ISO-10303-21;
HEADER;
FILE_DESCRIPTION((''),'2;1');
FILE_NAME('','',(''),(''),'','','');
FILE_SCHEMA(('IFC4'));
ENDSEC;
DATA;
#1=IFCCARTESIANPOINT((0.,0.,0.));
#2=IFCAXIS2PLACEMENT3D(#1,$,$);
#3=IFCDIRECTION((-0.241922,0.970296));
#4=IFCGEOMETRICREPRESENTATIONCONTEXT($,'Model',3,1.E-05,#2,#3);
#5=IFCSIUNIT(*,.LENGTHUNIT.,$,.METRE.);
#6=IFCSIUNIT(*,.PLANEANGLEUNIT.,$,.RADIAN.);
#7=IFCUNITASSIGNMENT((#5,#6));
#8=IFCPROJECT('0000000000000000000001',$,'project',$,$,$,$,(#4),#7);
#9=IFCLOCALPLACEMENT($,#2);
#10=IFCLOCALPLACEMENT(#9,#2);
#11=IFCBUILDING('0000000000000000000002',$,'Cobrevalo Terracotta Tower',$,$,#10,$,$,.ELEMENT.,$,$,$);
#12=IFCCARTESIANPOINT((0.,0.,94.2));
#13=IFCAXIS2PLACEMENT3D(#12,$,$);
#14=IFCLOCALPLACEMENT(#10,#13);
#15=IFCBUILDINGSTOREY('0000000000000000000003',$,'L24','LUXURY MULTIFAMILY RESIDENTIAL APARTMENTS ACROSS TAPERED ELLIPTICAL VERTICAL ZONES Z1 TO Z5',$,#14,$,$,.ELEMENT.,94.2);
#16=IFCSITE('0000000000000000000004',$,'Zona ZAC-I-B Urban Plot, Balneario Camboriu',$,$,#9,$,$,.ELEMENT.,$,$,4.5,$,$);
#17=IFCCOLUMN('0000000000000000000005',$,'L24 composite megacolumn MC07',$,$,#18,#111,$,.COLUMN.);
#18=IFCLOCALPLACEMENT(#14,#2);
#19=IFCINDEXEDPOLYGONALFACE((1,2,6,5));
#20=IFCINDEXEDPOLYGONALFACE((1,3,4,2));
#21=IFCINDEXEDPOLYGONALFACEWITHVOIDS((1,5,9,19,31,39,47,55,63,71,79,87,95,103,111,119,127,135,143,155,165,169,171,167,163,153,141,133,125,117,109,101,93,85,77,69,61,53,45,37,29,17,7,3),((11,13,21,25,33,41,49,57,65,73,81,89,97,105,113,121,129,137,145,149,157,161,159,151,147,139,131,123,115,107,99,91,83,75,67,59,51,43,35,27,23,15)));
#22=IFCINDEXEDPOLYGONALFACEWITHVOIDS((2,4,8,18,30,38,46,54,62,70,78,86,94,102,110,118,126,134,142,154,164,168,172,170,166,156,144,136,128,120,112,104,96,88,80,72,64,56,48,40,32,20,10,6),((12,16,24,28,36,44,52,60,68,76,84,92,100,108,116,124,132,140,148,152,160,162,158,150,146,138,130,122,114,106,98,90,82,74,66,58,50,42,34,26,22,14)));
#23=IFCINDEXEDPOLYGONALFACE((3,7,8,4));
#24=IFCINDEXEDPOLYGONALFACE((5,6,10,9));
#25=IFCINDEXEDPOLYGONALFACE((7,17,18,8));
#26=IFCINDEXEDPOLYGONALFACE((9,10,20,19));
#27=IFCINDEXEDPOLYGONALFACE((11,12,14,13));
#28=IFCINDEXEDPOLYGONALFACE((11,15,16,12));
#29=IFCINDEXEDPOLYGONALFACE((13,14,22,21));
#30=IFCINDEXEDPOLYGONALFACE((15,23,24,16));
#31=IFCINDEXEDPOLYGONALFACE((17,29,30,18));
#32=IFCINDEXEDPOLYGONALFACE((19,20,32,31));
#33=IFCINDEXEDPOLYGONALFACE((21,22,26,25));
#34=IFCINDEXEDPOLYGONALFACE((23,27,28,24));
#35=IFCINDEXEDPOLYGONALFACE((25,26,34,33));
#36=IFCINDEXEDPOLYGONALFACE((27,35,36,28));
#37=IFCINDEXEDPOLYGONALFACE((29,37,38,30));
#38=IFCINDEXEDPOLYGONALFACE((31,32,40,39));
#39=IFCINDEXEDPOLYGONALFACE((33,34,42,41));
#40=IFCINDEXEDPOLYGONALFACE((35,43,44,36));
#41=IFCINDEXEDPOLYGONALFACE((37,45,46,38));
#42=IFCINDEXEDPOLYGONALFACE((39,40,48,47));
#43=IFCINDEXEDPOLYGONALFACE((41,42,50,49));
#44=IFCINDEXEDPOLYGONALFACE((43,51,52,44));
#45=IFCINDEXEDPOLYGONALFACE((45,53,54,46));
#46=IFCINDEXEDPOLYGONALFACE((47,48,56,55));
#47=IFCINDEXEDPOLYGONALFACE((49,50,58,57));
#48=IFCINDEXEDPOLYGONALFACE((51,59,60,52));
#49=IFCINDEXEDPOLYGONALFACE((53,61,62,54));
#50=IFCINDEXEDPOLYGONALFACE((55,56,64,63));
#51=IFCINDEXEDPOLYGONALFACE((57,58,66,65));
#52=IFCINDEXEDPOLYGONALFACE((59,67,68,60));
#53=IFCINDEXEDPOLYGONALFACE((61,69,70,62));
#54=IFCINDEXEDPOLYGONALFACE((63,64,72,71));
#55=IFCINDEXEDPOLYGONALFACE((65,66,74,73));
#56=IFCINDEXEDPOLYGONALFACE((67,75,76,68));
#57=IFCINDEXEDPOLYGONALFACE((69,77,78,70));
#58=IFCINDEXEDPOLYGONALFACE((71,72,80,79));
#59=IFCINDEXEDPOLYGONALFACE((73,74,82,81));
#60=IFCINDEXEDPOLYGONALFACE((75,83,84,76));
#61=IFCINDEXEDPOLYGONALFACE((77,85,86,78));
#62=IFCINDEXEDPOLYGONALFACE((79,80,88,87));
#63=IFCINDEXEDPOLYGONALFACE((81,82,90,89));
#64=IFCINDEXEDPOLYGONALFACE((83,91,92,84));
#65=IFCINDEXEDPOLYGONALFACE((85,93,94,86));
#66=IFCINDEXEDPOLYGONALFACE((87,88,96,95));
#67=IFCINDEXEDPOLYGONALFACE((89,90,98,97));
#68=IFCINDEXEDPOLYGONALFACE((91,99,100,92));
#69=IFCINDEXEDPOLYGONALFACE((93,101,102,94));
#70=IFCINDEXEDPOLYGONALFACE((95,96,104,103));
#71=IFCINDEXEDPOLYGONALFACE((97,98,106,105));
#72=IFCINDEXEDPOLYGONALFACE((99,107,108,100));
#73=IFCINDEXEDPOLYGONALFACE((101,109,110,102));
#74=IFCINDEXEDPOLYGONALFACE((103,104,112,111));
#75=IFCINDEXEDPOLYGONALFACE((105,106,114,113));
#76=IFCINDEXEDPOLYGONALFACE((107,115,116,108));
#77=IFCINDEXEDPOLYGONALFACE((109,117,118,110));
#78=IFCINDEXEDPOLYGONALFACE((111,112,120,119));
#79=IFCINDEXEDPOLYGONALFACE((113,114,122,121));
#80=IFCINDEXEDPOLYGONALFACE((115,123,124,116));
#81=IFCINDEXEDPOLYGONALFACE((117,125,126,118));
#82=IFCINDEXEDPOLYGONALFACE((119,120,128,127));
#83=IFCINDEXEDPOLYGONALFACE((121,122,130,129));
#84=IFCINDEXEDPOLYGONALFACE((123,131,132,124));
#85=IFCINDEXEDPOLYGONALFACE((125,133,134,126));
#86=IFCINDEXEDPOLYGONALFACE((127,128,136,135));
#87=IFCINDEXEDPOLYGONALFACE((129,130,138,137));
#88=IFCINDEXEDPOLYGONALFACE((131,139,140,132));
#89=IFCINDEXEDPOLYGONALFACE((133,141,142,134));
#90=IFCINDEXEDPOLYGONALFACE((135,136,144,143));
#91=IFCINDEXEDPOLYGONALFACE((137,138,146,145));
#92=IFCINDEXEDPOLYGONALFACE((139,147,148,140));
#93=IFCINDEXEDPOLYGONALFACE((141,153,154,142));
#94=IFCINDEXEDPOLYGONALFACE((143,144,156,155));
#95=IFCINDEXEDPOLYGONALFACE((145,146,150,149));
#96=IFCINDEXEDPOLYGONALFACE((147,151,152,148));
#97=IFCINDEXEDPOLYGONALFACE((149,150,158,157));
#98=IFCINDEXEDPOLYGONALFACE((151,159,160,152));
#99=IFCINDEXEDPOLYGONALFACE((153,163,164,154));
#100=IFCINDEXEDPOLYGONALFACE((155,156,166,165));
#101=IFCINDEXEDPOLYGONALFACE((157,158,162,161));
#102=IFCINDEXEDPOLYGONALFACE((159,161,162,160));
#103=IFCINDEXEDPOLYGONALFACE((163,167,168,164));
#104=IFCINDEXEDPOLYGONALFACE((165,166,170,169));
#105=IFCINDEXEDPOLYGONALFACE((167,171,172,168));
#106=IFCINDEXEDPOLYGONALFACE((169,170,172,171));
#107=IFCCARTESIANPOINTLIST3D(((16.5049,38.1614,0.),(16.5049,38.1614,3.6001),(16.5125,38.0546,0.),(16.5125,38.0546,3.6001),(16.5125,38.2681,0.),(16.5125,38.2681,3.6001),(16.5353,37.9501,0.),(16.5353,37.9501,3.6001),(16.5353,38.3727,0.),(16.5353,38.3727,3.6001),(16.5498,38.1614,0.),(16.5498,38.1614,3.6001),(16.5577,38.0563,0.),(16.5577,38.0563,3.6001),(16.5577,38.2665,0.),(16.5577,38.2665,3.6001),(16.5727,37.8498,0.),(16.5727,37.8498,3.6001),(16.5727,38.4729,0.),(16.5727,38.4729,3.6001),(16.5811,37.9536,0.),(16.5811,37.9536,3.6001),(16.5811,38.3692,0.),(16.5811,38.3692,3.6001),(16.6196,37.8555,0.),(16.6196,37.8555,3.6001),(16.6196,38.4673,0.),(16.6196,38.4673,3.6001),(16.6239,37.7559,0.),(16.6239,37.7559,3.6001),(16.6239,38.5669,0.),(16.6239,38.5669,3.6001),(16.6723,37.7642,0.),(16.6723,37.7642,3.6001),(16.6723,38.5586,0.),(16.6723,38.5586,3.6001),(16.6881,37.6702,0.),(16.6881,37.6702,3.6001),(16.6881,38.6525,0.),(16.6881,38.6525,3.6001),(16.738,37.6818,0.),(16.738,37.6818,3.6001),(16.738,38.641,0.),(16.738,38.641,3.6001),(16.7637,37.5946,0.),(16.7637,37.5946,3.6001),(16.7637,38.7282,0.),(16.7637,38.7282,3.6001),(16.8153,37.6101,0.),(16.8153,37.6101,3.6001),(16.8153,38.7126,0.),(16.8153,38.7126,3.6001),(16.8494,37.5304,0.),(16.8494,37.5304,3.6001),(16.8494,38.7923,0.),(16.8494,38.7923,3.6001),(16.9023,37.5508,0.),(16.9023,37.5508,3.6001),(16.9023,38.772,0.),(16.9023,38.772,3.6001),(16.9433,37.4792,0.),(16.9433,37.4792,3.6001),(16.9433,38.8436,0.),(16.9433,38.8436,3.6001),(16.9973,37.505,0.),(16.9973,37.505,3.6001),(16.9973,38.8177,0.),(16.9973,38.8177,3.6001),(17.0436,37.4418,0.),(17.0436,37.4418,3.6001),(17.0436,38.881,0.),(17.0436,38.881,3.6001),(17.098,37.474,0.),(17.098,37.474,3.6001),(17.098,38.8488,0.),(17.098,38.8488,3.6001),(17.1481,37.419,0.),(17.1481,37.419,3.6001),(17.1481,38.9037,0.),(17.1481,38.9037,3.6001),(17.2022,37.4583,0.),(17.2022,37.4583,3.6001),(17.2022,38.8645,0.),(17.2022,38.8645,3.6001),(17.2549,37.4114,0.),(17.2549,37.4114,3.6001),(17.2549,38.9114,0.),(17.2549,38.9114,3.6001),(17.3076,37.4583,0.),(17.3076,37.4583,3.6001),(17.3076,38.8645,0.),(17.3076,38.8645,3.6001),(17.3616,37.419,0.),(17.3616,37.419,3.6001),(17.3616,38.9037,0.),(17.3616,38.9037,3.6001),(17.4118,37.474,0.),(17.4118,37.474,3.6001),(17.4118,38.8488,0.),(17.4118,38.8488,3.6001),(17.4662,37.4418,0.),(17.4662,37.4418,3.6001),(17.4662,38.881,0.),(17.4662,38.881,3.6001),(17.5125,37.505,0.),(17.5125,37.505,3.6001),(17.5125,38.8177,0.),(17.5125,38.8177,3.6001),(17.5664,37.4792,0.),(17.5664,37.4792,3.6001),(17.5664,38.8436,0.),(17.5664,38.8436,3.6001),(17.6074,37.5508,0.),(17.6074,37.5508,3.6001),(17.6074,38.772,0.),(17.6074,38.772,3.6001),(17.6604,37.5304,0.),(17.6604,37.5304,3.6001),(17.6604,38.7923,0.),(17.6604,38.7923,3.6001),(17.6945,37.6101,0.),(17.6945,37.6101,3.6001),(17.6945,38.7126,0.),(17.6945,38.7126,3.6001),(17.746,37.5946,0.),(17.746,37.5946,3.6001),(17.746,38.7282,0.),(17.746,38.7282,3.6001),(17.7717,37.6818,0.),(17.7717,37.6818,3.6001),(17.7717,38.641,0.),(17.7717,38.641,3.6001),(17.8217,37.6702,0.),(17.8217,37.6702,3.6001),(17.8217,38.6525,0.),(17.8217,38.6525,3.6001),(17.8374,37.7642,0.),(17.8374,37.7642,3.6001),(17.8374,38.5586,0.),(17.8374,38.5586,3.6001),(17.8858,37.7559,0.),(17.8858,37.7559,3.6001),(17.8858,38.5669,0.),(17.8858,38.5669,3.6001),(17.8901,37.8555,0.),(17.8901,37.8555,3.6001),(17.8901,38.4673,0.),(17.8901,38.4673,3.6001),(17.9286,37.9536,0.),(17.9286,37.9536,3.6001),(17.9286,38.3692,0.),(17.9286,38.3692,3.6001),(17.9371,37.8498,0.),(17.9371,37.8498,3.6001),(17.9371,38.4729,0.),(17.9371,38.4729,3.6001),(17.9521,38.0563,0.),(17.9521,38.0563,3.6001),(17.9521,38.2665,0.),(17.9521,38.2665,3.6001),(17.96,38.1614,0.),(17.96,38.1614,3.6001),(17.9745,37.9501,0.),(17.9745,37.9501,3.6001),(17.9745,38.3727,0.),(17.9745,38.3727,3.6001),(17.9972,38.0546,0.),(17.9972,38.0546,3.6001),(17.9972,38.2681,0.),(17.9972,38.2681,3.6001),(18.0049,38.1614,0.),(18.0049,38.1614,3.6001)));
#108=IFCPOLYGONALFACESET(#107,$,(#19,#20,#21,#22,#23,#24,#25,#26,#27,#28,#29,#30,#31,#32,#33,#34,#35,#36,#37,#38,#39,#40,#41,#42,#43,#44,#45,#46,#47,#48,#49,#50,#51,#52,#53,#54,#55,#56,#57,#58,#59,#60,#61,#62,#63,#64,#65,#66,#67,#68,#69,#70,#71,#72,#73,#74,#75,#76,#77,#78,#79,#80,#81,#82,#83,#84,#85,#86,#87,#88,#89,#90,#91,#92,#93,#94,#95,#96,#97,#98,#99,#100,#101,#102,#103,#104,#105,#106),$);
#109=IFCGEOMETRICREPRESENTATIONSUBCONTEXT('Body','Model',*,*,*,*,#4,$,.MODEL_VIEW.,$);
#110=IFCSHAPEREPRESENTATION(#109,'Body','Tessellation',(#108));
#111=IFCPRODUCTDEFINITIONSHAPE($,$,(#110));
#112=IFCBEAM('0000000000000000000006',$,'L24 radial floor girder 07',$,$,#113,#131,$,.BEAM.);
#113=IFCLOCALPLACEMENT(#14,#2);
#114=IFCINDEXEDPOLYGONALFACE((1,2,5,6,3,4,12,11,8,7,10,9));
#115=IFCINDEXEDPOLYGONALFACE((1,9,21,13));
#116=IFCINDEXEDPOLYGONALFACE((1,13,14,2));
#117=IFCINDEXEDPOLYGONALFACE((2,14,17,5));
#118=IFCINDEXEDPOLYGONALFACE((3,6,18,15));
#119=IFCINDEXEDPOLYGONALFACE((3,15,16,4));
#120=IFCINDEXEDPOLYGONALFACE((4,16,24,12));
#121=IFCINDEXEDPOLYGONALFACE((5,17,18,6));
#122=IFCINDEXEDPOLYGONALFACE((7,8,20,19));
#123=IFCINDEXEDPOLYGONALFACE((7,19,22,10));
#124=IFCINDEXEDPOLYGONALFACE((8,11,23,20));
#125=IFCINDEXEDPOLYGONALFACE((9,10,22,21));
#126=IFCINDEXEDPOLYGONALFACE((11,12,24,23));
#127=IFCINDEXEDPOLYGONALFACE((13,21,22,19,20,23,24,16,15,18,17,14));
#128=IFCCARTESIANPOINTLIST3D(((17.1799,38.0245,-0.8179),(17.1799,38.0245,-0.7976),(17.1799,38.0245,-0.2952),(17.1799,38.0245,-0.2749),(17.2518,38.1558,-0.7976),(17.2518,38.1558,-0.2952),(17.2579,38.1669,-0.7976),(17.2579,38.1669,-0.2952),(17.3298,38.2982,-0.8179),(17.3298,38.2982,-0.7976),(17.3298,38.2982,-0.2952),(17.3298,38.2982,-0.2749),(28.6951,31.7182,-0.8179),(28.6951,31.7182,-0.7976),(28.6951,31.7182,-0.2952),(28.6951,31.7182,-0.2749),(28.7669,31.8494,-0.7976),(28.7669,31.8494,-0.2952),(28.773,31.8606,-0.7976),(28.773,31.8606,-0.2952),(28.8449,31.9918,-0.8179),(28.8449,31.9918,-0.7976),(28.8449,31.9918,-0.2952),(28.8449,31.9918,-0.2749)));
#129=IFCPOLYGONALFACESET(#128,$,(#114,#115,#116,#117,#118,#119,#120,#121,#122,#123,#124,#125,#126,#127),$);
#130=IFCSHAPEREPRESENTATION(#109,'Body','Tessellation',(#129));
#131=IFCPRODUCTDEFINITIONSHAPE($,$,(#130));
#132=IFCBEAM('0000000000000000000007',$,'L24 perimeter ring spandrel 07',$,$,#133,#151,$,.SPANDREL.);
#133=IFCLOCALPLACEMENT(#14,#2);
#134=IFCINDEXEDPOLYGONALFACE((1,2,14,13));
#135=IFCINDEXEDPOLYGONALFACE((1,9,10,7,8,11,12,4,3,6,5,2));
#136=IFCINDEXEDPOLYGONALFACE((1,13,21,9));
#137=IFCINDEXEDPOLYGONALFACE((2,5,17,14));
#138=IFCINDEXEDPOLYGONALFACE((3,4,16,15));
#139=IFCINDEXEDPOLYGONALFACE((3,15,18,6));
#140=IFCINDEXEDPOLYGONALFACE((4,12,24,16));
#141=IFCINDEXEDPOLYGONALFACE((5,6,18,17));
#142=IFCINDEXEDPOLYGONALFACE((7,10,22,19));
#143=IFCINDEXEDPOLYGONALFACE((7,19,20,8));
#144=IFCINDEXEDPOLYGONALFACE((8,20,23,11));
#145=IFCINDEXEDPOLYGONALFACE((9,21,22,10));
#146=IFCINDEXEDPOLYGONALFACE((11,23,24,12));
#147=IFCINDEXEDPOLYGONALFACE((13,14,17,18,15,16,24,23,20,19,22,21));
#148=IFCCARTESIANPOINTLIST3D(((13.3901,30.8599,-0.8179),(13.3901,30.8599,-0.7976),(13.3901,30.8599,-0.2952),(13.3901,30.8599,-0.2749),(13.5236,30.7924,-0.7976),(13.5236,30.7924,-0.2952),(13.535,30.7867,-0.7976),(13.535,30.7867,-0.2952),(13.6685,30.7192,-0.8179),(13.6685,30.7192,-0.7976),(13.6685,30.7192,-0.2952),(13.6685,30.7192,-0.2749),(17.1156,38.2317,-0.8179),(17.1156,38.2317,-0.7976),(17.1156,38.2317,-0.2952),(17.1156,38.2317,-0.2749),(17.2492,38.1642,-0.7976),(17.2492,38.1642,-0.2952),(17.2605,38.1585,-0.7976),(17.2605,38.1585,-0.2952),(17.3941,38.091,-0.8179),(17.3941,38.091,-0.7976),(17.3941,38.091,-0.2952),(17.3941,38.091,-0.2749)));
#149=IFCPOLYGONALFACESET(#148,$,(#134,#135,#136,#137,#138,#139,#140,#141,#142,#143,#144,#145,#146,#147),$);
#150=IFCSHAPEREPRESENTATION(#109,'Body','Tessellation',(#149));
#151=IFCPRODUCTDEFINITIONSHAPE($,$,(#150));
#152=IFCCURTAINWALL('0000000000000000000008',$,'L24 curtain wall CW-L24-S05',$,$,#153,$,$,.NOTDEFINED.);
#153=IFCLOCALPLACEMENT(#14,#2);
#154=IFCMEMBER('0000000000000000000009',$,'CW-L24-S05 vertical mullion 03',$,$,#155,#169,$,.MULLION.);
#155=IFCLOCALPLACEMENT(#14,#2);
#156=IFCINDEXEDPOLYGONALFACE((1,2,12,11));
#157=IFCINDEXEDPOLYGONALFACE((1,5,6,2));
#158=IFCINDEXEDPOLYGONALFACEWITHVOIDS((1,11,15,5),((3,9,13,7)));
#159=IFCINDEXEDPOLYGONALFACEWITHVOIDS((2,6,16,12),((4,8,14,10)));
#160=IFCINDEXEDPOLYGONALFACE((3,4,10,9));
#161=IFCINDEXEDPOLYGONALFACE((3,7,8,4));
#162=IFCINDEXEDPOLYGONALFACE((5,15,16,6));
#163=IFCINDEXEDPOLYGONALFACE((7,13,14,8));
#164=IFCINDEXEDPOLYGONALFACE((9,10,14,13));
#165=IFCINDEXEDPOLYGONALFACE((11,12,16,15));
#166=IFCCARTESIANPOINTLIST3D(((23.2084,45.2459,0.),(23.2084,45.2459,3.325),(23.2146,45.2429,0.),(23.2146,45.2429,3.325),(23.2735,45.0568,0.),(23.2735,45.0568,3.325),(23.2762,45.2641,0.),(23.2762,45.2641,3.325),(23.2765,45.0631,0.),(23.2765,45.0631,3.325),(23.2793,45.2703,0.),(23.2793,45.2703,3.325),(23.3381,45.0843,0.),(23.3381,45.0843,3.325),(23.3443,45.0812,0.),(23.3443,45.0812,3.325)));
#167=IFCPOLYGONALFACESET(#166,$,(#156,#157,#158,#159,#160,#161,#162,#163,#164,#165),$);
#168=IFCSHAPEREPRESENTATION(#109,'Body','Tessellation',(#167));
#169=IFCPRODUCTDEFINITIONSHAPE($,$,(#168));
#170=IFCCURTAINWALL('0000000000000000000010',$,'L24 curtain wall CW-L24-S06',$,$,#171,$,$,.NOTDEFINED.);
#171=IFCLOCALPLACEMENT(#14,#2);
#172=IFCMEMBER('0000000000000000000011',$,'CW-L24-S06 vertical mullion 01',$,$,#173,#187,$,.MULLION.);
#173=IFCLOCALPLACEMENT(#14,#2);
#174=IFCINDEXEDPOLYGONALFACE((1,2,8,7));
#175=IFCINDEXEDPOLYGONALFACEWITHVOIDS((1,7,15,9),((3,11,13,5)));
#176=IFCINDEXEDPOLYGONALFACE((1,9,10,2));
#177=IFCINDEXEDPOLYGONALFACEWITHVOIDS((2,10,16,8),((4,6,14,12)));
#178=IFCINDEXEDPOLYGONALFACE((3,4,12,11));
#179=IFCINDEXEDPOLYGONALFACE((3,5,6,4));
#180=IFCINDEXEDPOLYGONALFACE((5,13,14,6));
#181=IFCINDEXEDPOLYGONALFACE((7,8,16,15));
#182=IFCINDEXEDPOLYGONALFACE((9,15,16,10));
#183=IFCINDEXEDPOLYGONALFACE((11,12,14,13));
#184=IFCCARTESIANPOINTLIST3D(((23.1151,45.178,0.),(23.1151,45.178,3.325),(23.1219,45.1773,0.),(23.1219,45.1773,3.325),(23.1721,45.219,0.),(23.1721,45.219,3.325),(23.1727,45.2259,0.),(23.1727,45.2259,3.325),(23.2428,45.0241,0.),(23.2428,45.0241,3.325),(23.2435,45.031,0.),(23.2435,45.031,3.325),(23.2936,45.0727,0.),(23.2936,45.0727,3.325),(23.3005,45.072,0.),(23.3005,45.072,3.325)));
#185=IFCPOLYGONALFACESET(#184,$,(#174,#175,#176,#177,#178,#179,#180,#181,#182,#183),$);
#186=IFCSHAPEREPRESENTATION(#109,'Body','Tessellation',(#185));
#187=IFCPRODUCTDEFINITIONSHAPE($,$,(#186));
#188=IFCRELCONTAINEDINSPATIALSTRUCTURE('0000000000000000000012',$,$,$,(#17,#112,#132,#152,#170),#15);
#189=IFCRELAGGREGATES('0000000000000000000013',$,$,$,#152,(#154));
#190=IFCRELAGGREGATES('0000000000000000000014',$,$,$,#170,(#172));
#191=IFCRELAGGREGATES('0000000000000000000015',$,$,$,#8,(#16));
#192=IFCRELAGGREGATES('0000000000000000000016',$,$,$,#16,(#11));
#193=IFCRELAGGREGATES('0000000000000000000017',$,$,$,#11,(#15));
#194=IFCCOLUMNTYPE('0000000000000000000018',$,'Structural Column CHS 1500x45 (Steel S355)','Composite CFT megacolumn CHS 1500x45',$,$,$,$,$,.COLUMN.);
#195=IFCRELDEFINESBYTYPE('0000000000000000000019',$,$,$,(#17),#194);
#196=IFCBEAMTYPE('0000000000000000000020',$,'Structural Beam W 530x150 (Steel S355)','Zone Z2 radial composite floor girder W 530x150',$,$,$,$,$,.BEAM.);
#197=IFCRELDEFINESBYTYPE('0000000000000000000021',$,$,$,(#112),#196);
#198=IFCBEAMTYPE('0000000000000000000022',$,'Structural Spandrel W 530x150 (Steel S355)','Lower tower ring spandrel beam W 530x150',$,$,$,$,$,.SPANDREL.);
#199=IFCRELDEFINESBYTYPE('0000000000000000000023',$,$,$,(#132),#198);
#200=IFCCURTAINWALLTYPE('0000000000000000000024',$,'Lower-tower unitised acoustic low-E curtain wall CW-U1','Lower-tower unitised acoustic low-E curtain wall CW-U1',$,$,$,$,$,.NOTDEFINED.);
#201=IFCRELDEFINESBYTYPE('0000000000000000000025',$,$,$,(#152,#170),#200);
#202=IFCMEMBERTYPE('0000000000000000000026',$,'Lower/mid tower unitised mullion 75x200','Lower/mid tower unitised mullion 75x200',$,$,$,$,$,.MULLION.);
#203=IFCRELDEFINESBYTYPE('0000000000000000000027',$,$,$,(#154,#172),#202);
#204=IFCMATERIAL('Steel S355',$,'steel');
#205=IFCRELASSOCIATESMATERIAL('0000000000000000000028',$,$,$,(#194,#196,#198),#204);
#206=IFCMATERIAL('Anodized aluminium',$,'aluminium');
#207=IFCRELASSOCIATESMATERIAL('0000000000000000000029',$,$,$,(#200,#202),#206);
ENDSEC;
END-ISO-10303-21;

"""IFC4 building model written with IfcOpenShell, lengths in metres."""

from ifc_helpers import new_model, si_unit, direction, frame, origin, origin_2d, place, context, subcontext, project, spatial, hollow_rectangle, hollow_circle, i_section, extrude, source, transform, mapped, material, material_profile, profile_set, type_object, element, aggregate, save


model = new_model("IFC4")

# Units and contexts
model_context = context("Model", 3, precision=1e-05, world=origin(), true_north=direction((-0.241922, 0.970296)))
body_context = subcontext(model_context, "Body", "Model", "MODEL_VIEW")
ifc_project = project(units=[si_unit("LENGTHUNIT", "METRE"), si_unit("PLANEANGLEUNIT", "RADIAN")], contexts=[model_context])

# Site, building, storey
site_placement = place(None, origin())
site = spatial("IfcSite", under=ifc_project, at=site_placement, Name="Zona ZAC-I-B Urban Plot, Balneario Camboriu", CompositionType="ELEMENT", RefElevation=4.5)
building_placement = place(site_placement, origin())
building = spatial("IfcBuilding", under=site, at=building_placement, Name="Cobrevalo Terracotta Tower", CompositionType="ELEMENT")
storey_placement = place(building_placement, frame((0.0, 0.0, 94.2)))
storey = spatial("IfcBuildingStorey", under=building, at=storey_placement, Name="L24", Description="LUXURY MULTIFAMILY RESIDENTIAL APARTMENTS ACROSS TAPERED ELLIPTICAL VERTICAL ZONES Z1 TO Z5", CompositionType="ELEMENT", Elevation=94.2)

# Column
ifc_material_1 = material(Name="Steel S355", Category="steel")
ifc_material_profile_1 = material_profile(ifc_material_1, hollow_circle(Radius=0.75, WallThickness=0.0449, at=origin_2d()), Name="CHS 1500x45")
ifc_profile_set_1 = profile_set([ifc_material_profile_1], Name="Steel S355")
column_type = type_object("IfcColumnType", Name="Structural Column CHS 1500x45 (Steel S355)", Description="Composite CFT megacolumn CHS 1500x45", PredefinedType="COLUMN", material=ifc_profile_set_1)
column_placement = place(storey_placement, frame((17.2549, 38.1614, 0.0), z_axis=(0.0, 0.0, 1.0), x_axis=(1.0, 0.0, 0.0)))
element("IfcColumn", 1, at=column_placement, inside=storey, type_object=column_type, Name="L24 composite megacolumn MC07", PredefinedType="COLUMN", context=body_context, shape_type="SweptSolid", body=[
    extrude(hollow_circle(Radius=0.75, WallThickness=0.0449, at=origin_2d()), origin(), (0.0, 0.0, 1.0), 3.6001),
])

# Beams
ifc_material_profile_2 = material_profile(ifc_material_1, i_section(OverallWidth=0.312, OverallDepth=0.543, WebThickness=0.0127, FlangeThickness=0.0203, at=origin_2d()), Name="W 530x150")
ifc_profile_set_2 = profile_set([ifc_material_profile_2], Name="Steel S355")
beam_type_1 = type_object("IfcBeamType", Name="Structural Beam W 530x150 (Steel S355)", Description="Zone Z2 radial composite floor girder W 530x150", PredefinedType="BEAM", material=ifc_profile_set_2)
beam_1_placement = place(storey_placement, frame((17.2549, 38.1614, -0.5464), z_axis=(0.877081, -0.480343, 0.0), x_axis=(0.480343, 0.877081, 0.0)))
element("IfcBeam", 2, at=beam_1_placement, inside=storey, type_object=beam_type_1, Name="L24 radial floor girder 07", PredefinedType="BEAM", context=body_context, shape_type="SweptSolid", body=[
    extrude(i_section(OverallWidth=0.312, OverallDepth=0.543, WebThickness=0.0127, FlangeThickness=0.0203, at=origin_2d()), origin(), (0.0, 0.0, 1.0), 13.1289),
])
ifc_material_profile_3 = material_profile(ifc_material_1, i_section(OverallWidth=0.312, OverallDepth=0.543, WebThickness=0.0127, FlangeThickness=0.0203, at=origin_2d()), Name="W 530x150")
ifc_profile_set_3 = profile_set([ifc_material_profile_3], Name="Steel S355")
beam_type_2 = type_object("IfcBeamType", Name="Structural Spandrel W 530x150 (Steel S355)", Description="Lower tower ring spandrel beam W 530x150", PredefinedType="SPANDREL", material=ifc_profile_set_3)
beam_2_placement = place(storey_placement, frame((17.2549, 38.1614, -0.5464), z_axis=(-0.451052, -0.892498, 0.0), x_axis=(0.892498, -0.451052, 0.0)))
element("IfcBeam", 3, at=beam_2_placement, inside=storey, type_object=beam_type_2, Name="L24 perimeter ring spandrel 07", PredefinedType="SPANDREL", context=body_context, shape_type="SweptSolid", body=[
    extrude(i_section(OverallWidth=0.312, OverallDepth=0.543, WebThickness=0.0127, FlangeThickness=0.0203, at=origin_2d()), origin(), (0.0, 0.0, 1.0), 8.2598),
])

# Curtain wall, member
ifc_material_2 = material(Name="Anodized aluminium", Category="aluminium")
curtain_wall_type = type_object("IfcCurtainWallType", Name="Lower-tower unitised acoustic low-E curtain wall CW-U1", Description="Lower-tower unitised acoustic low-E curtain wall CW-U1", PredefinedType="NOTDEFINED", material=ifc_material_2)
curtain_wall_1_placement = place(storey_placement, origin())
curtain_wall_1 = element("IfcCurtainWall", 4, at=curtain_wall_1_placement, inside=storey, type_object=curtain_wall_type, Name="L24 curtain wall CW-L24-S05", PredefinedType="NOTDEFINED")
ifc_material_profile_4 = material_profile(ifc_material_2, hollow_rectangle(XDim=0.075, YDim=0.2, WallThickness=0.0049, at=origin_2d()), Name="CWM 75x200")
ifc_profile_set_4 = profile_set([ifc_material_profile_4], Name="Anodized aluminium")
member_type_1 = type_object("IfcMemberType", Name="Lower/mid tower unitised mullion 75x200", Description="Lower/mid tower unitised mullion 75x200", PredefinedType="MULLION", material=ifc_profile_set_4)
shared_shape_1 = source(origin(), body_context, "Body", "SweptSolid", [
    extrude(hollow_rectangle(XDim=0.075, YDim=0.2, WallThickness=0.0049, at=origin_2d()), origin(), (0.0, 0.0, 1.0), 3.325),
])
member_1_placement = place(storey_placement, frame((23.2764, 45.1636, 0.0), z_axis=(0.0, 0.0, 1.0), x_axis=(-0.945598, -0.325337, 0.0)))
member_1 = element("IfcMember", 5, at=member_1_placement, type_object=member_type_1, Name="CW-L24-S05 vertical mullion 03", PredefinedType="MULLION", context=body_context, shape_type="MappedRepresentation", body=[
    mapped(shared_shape_1, transform((0.0, 0.0, 0.0), scale=1.0)),
])
aggregate(curtain_wall_1, [member_1])

# Curtain wall, member
curtain_wall_2_placement = place(storey_placement, origin())
curtain_wall_2 = element("IfcCurtainWall", 6, at=curtain_wall_2_placement, inside=storey, type_object=curtain_wall_type, Name="L24 curtain wall CW-L24-S06", PredefinedType="NOTDEFINED")
member_2_placement = place(storey_placement, frame((23.2078, 45.125, 0.0), z_axis=(0.0, 0.0, 1.0), x_axis=(-0.769243, -0.638956, 0.0)))
member_2 = element("IfcMember", 7, at=member_2_placement, type_object=member_type_1, Name="CW-L24-S06 vertical mullion 01", PredefinedType="MULLION", context=body_context, shape_type="MappedRepresentation", body=[
    mapped(shared_shape_1, transform((0.0, 0.0, 0.0), scale=1.0)),
])

aggregate(curtain_wall_2, [member_2])

save(model, "model.ifc")
